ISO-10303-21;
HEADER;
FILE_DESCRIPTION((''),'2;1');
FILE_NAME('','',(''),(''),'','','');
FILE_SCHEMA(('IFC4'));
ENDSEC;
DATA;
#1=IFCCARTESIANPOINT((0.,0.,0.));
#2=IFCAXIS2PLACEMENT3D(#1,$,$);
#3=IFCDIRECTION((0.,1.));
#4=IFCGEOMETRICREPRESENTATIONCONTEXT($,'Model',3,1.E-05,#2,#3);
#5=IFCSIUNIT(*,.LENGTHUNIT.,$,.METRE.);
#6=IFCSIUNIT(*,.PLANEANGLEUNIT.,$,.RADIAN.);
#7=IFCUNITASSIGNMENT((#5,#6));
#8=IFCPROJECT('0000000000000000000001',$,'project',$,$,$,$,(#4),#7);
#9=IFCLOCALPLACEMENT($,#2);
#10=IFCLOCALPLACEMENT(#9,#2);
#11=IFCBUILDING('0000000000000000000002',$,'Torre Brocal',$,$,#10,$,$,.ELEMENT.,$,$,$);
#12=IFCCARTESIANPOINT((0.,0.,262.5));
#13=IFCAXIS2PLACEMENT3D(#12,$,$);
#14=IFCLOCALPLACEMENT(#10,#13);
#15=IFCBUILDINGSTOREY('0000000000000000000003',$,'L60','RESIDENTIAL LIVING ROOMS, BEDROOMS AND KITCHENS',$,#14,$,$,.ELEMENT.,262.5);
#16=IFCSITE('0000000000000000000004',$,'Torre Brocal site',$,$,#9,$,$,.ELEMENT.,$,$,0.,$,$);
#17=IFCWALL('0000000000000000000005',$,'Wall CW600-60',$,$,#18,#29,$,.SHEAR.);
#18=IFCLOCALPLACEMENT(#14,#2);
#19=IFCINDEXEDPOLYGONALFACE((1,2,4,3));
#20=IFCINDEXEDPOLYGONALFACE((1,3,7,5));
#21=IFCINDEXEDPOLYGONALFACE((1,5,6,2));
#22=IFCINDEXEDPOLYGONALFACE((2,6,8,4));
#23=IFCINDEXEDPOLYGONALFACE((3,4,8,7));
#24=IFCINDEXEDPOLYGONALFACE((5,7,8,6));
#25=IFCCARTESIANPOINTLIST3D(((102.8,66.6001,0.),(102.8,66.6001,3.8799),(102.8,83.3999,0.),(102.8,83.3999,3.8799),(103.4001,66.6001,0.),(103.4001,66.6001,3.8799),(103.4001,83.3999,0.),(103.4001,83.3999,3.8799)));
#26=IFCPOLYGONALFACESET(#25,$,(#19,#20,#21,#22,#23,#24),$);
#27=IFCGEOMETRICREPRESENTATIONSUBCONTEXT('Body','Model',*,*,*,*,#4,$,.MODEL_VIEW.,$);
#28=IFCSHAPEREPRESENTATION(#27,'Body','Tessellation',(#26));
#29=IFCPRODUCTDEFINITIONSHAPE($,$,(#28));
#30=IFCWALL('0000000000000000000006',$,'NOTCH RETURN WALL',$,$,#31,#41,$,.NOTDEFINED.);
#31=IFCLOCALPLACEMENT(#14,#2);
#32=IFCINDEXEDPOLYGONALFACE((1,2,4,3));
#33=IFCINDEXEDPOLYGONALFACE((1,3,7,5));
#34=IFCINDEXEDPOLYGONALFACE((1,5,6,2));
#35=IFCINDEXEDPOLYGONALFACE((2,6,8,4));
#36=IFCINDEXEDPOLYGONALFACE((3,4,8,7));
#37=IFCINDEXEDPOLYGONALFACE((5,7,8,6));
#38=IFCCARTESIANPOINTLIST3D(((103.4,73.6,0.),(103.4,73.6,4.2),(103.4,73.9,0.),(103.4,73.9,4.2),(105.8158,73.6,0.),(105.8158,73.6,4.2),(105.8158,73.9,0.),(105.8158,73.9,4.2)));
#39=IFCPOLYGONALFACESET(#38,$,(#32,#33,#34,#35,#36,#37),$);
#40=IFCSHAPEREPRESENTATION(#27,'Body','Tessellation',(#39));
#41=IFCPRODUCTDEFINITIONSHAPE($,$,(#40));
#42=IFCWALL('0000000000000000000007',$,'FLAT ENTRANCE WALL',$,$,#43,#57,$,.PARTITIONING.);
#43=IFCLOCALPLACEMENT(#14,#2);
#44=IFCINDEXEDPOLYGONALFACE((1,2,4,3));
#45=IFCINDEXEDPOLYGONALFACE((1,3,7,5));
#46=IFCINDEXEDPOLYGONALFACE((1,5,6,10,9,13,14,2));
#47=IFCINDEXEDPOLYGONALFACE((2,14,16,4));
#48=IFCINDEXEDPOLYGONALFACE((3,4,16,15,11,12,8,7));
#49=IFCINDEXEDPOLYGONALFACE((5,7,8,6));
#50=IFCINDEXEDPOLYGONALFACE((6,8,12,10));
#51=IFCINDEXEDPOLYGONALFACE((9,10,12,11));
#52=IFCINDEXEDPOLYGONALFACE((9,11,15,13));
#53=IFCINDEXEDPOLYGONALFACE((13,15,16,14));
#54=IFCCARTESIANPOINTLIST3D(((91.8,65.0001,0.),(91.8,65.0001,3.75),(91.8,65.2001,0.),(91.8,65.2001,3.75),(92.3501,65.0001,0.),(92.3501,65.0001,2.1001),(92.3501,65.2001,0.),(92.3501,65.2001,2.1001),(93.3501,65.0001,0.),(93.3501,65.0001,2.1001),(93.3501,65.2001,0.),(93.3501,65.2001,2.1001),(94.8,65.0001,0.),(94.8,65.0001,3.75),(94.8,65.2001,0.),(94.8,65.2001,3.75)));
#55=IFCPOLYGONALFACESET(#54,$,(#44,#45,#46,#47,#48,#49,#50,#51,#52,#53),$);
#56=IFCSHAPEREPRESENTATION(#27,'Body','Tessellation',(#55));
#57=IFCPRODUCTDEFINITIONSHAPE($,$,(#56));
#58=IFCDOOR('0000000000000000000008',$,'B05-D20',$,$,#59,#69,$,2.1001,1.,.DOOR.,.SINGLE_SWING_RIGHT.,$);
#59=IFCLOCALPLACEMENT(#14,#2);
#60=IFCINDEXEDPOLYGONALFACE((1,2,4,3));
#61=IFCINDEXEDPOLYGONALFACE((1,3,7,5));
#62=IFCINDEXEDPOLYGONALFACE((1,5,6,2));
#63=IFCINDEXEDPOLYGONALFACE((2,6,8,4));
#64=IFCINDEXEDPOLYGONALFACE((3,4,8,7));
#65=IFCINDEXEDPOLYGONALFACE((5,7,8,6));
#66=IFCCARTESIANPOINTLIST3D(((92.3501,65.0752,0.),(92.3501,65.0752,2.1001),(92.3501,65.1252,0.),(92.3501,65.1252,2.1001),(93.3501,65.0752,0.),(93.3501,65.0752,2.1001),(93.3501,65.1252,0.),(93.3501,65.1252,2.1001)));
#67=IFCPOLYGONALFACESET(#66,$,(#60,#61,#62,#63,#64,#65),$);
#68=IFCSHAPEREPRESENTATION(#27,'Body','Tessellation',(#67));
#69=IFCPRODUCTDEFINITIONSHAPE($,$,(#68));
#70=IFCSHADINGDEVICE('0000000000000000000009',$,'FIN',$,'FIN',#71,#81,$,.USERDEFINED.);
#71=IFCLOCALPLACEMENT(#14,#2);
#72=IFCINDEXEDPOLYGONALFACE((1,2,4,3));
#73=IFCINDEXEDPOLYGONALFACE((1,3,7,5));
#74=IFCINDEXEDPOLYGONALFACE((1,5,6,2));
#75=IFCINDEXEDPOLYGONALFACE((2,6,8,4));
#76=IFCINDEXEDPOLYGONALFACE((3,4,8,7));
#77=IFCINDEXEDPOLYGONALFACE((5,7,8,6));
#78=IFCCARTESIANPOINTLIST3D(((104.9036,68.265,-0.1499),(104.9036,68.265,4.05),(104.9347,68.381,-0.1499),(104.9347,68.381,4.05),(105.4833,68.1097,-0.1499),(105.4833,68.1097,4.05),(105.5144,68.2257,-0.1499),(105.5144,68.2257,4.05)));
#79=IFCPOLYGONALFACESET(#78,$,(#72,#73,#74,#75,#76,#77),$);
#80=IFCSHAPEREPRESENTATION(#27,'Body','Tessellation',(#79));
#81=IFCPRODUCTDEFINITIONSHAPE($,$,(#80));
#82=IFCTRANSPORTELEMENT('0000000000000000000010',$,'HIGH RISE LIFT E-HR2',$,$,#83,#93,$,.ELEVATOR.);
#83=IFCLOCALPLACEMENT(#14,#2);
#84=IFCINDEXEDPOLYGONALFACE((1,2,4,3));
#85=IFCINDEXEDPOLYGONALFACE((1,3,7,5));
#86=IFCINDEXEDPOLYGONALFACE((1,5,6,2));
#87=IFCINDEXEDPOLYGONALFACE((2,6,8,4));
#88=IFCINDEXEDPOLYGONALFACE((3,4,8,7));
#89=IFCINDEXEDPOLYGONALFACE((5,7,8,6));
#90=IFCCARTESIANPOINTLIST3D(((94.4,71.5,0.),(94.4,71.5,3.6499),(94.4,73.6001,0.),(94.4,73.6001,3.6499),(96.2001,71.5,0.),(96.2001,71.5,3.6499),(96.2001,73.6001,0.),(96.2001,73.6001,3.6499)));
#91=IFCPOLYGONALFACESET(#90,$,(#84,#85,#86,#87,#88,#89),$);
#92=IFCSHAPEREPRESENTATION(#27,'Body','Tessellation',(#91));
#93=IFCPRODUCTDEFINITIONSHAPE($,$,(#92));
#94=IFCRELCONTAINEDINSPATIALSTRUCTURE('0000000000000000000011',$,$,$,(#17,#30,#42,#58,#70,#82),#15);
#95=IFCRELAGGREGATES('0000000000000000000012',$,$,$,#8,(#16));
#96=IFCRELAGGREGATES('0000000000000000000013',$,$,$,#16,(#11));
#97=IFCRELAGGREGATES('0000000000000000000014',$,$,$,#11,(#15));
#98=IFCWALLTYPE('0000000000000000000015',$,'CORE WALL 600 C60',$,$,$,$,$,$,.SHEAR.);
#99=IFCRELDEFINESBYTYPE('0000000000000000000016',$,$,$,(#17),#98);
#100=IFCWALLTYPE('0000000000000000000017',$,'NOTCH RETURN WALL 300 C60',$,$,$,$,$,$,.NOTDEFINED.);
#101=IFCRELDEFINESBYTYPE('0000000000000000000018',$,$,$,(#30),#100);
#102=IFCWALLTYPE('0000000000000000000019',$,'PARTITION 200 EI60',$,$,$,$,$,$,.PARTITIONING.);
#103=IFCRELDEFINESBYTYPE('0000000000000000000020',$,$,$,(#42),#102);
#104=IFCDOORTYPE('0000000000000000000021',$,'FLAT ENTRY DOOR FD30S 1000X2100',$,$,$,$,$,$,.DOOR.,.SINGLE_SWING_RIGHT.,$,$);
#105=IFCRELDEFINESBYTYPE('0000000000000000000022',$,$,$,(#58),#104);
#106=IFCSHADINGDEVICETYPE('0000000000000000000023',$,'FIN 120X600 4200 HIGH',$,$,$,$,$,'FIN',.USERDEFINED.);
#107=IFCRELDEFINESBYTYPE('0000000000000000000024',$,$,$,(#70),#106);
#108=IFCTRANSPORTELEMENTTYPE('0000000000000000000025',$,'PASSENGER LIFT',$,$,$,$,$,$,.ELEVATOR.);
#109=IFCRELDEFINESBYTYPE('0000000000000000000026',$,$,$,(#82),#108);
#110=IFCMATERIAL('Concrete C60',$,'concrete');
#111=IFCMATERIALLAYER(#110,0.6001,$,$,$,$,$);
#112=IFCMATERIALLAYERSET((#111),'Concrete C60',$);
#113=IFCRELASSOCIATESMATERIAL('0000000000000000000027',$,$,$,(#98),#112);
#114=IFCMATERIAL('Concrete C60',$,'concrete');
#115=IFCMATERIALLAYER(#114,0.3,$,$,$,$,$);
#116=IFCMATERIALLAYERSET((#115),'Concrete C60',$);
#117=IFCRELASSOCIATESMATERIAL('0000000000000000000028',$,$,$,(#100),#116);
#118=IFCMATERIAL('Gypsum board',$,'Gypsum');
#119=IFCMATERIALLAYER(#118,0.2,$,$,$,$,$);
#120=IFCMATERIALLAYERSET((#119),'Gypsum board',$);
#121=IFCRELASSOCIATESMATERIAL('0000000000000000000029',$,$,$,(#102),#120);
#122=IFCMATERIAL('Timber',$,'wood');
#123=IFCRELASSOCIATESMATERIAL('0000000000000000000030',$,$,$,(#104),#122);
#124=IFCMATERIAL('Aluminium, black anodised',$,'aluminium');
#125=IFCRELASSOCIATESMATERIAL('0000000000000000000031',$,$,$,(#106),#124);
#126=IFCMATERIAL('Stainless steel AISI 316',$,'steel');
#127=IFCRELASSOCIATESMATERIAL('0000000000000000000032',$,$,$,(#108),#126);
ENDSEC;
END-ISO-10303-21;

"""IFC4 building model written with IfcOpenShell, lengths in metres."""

from ifc_helpers import new_model, si_unit, direction, frame, frame_2d, origin, origin_2d, place, context, subcontext, project, spatial, rectangle, extrude, material, layer, layer_set, material_profile, profile_set, type_object, element, fill, save


model = new_model("IFC4")

# Units and contexts
model_context = context("Model", 3, precision=1e-05, world=origin(), true_north=direction((0.0, 1.0)))
body_context = subcontext(model_context, "Body", "Model", "MODEL_VIEW")
ifc_project = project(units=[si_unit("LENGTHUNIT", "METRE"), si_unit("PLANEANGLEUNIT", "RADIAN")], contexts=[model_context])

# Site, building, storey
site_placement = place(None, origin())
site = spatial("IfcSite", under=ifc_project, at=site_placement, Name="Torre Brocal site", CompositionType="ELEMENT", RefElevation=0.0)
building_placement = place(site_placement, origin())
building = spatial("IfcBuilding", under=site, at=building_placement, Name="Torre Brocal", CompositionType="ELEMENT")
storey_placement = place(building_placement, frame((0.0, 0.0, 262.5)))
storey = spatial("IfcBuildingStorey", under=building, at=storey_placement, Name="L60", Description="RESIDENTIAL LIVING ROOMS, BEDROOMS AND KITCHENS", CompositionType="ELEMENT", Elevation=262.5)

# Walls
ifc_material_1 = material(Name="Concrete C60", Category="concrete")
ifc_layer_1 = layer(ifc_material_1, 0.6001)
ifc_layer_set_1 = layer_set([ifc_layer_1], Name="Concrete C60")
wall_type_1 = type_object("IfcWallType", Name="CORE WALL 600 C60", PredefinedType="SHEAR", material=ifc_layer_set_1)
wall_1_placement = place(storey_placement, frame((103.1001, 66.6001, 0.0), z_axis=(0.0, 0.0, 1.0), x_axis=(0.0, 1.0, 0.0)))
element("IfcWall", 1, at=wall_1_placement, inside=storey, type_object=wall_type_1, Name="Wall CW600-60", PredefinedType="SHEAR", context=body_context, shape_type="SweptSolid", body=[
    extrude(rectangle(XDim=16.7998, YDim=0.6001, at=frame_2d((8.3999, 0.0))), origin(), (0.0, 0.0, 1.0), 3.8799),
])
ifc_material_2 = material(Name="Concrete C60", Category="concrete")
ifc_layer_2 = layer(ifc_material_2, 0.3)
ifc_layer_set_2 = layer_set([ifc_layer_2], Name="Concrete C60")
wall_type_2 = type_object("IfcWallType", Name="NOTCH RETURN WALL 300 C60", PredefinedType="NOTDEFINED", material=ifc_layer_set_2)
wall_2_placement = place(storey_placement, frame((103.3999, 73.75, 0.0), z_axis=(0.0, 0.0, 1.0), x_axis=(1.0, 0.0, 0.0)))
element("IfcWall", 2, at=wall_2_placement, inside=storey, type_object=wall_type_2, Name="NOTCH RETURN WALL", PredefinedType="NOTDEFINED", context=body_context, shape_type="SweptSolid", body=[
    extrude(rectangle(XDim=2.4158, YDim=0.3, at=frame_2d((1.208, 0.0))), origin(), (0.0, 0.0, 1.0), 4.2),
])

# Wall, opening, door
ifc_material_3 = material(Name="Gypsum board", Category="Gypsum")
ifc_layer_3 = layer(ifc_material_3, 0.2)
ifc_layer_set_3 = layer_set([ifc_layer_3], Name="Gypsum board")
wall_type_3 = type_object("IfcWallType", Name="PARTITION 200 EI60", PredefinedType="PARTITIONING", material=ifc_layer_set_3)
wall_3_placement = place(storey_placement, frame((91.8, 65.1001, 0.0), z_axis=(0.0, 0.0, 1.0), x_axis=(1.0, 0.0, 0.0)))
wall_3 = element("IfcWall", 3, at=wall_3_placement, inside=storey, type_object=wall_type_3, Name="FLAT ENTRANCE WALL", PredefinedType="PARTITIONING", context=body_context, shape_type="SweptSolid", body=[
    extrude(rectangle(XDim=3.0, YDim=0.2, at=frame_2d((1.5, 0.0))), origin(), (0.0, 0.0, 1.0), 3.75),
])
opening_1_placement = place(wall_3_placement, frame((0.55, 0.0, 0.0)))
opening_1 = element("IfcOpeningElement", 4, at=opening_1_placement, cuts=wall_3, PredefinedType="OPENING", context=body_context, shape_type="SweptSolid", body=[
    extrude(rectangle(XDim=1.0, YDim=2.1001, at=frame_2d((0.5, 1.05))), frame((0.0, 0.1099, 0.0), z_axis=(0.0, -1.0, 0.0), x_axis=(1.0, 0.0, 0.0)), (0.0, 0.0, 1.0), 0.22),
])
ifc_material_4 = material(Name="Timber", Category="wood")
door_type_1 = type_object("IfcDoorType", Name="FLAT ENTRY DOOR FD30S 1000X2100", OperationType="SINGLE_SWING_RIGHT", PredefinedType="DOOR", material=ifc_material_4)
door_1_placement = place(opening_1_placement, frame((1.0, 0.0, 0.0), z_axis=(0.0, 0.0, 1.0), x_axis=(-1.0, 0.0, 0.0)))
door_1 = element("IfcDoor", 5, at=door_1_placement, inside=storey, type_object=door_type_1, Name="B05-D20", OperationType="SINGLE_SWING_RIGHT", OverallHeight=2.1001, OverallWidth=1.0, PredefinedType="DOOR", context=body_context, shape_type="SweptSolid", body=[
    extrude(rectangle(XDim=1.0, YDim=2.1001, at=frame_2d((0.5, 1.05))), frame((0.0, 0.0249, 0.0), z_axis=(0.0, -1.0, 0.0), x_axis=(1.0, 0.0, 0.0)), (0.0, 0.0, 1.0), 0.05),
])
fill(opening_1, door_1)

# Shading device
ifc_material_5 = material(Name="Aluminium, black anodised", Category="aluminium")
ifc_material_profile_1 = material_profile(ifc_material_5, rectangle(XDim=0.1201, YDim=0.6001, at=origin_2d()), Name="FIN 120X600 4200 HIGH")
ifc_profile_set_1 = profile_set([ifc_material_profile_1], Name="Aluminium, black anodised")
shading_device_type = type_object("IfcShadingDeviceType", Name="FIN 120X600 4200 HIGH", ElementType="FIN", PredefinedType="USERDEFINED", material=ifc_profile_set_1)
shading_device_placement = place(storey_placement, frame((105.209, 68.2454, -0.1499), z_axis=(0.0, 0.0, 1.0), x_axis=(0.258819, 0.965926, 0.0)))
element("IfcShadingDevice", 6, at=shading_device_placement, inside=storey, type_object=shading_device_type, Name="FIN", ObjectType="FIN", PredefinedType="USERDEFINED", context=body_context, shape_type="SweptSolid", body=[
    extrude(rectangle(XDim=0.1201, YDim=0.6001, at=origin_2d()), origin(), (0.0, 0.0, 1.0), 4.2),
])

# Transport element
ifc_material_6 = material(Name="Stainless steel AISI 316", Category="steel")
transport_element_type = type_object("IfcTransportElementType", Name="PASSENGER LIFT", PredefinedType="ELEVATOR", material=ifc_material_6)
transport_element_placement = place(storey_placement, frame((95.3, 72.55, 0.0), z_axis=(0.0, 0.0, 1.0), x_axis=(1.0, 0.0, 0.0)))
element("IfcTransportElement", 7, at=transport_element_placement, inside=storey, type_object=transport_element_type, Name="HIGH RISE LIFT E-HR2", PredefinedType="ELEVATOR", context=body_context, shape_type="SweptSolid", body=[
    extrude(rectangle(XDim=1.8, YDim=2.1001, at=origin_2d()), origin(), (0.0, 0.0, 1.0), 3.6499),
])

save(model, "model.ifc")
